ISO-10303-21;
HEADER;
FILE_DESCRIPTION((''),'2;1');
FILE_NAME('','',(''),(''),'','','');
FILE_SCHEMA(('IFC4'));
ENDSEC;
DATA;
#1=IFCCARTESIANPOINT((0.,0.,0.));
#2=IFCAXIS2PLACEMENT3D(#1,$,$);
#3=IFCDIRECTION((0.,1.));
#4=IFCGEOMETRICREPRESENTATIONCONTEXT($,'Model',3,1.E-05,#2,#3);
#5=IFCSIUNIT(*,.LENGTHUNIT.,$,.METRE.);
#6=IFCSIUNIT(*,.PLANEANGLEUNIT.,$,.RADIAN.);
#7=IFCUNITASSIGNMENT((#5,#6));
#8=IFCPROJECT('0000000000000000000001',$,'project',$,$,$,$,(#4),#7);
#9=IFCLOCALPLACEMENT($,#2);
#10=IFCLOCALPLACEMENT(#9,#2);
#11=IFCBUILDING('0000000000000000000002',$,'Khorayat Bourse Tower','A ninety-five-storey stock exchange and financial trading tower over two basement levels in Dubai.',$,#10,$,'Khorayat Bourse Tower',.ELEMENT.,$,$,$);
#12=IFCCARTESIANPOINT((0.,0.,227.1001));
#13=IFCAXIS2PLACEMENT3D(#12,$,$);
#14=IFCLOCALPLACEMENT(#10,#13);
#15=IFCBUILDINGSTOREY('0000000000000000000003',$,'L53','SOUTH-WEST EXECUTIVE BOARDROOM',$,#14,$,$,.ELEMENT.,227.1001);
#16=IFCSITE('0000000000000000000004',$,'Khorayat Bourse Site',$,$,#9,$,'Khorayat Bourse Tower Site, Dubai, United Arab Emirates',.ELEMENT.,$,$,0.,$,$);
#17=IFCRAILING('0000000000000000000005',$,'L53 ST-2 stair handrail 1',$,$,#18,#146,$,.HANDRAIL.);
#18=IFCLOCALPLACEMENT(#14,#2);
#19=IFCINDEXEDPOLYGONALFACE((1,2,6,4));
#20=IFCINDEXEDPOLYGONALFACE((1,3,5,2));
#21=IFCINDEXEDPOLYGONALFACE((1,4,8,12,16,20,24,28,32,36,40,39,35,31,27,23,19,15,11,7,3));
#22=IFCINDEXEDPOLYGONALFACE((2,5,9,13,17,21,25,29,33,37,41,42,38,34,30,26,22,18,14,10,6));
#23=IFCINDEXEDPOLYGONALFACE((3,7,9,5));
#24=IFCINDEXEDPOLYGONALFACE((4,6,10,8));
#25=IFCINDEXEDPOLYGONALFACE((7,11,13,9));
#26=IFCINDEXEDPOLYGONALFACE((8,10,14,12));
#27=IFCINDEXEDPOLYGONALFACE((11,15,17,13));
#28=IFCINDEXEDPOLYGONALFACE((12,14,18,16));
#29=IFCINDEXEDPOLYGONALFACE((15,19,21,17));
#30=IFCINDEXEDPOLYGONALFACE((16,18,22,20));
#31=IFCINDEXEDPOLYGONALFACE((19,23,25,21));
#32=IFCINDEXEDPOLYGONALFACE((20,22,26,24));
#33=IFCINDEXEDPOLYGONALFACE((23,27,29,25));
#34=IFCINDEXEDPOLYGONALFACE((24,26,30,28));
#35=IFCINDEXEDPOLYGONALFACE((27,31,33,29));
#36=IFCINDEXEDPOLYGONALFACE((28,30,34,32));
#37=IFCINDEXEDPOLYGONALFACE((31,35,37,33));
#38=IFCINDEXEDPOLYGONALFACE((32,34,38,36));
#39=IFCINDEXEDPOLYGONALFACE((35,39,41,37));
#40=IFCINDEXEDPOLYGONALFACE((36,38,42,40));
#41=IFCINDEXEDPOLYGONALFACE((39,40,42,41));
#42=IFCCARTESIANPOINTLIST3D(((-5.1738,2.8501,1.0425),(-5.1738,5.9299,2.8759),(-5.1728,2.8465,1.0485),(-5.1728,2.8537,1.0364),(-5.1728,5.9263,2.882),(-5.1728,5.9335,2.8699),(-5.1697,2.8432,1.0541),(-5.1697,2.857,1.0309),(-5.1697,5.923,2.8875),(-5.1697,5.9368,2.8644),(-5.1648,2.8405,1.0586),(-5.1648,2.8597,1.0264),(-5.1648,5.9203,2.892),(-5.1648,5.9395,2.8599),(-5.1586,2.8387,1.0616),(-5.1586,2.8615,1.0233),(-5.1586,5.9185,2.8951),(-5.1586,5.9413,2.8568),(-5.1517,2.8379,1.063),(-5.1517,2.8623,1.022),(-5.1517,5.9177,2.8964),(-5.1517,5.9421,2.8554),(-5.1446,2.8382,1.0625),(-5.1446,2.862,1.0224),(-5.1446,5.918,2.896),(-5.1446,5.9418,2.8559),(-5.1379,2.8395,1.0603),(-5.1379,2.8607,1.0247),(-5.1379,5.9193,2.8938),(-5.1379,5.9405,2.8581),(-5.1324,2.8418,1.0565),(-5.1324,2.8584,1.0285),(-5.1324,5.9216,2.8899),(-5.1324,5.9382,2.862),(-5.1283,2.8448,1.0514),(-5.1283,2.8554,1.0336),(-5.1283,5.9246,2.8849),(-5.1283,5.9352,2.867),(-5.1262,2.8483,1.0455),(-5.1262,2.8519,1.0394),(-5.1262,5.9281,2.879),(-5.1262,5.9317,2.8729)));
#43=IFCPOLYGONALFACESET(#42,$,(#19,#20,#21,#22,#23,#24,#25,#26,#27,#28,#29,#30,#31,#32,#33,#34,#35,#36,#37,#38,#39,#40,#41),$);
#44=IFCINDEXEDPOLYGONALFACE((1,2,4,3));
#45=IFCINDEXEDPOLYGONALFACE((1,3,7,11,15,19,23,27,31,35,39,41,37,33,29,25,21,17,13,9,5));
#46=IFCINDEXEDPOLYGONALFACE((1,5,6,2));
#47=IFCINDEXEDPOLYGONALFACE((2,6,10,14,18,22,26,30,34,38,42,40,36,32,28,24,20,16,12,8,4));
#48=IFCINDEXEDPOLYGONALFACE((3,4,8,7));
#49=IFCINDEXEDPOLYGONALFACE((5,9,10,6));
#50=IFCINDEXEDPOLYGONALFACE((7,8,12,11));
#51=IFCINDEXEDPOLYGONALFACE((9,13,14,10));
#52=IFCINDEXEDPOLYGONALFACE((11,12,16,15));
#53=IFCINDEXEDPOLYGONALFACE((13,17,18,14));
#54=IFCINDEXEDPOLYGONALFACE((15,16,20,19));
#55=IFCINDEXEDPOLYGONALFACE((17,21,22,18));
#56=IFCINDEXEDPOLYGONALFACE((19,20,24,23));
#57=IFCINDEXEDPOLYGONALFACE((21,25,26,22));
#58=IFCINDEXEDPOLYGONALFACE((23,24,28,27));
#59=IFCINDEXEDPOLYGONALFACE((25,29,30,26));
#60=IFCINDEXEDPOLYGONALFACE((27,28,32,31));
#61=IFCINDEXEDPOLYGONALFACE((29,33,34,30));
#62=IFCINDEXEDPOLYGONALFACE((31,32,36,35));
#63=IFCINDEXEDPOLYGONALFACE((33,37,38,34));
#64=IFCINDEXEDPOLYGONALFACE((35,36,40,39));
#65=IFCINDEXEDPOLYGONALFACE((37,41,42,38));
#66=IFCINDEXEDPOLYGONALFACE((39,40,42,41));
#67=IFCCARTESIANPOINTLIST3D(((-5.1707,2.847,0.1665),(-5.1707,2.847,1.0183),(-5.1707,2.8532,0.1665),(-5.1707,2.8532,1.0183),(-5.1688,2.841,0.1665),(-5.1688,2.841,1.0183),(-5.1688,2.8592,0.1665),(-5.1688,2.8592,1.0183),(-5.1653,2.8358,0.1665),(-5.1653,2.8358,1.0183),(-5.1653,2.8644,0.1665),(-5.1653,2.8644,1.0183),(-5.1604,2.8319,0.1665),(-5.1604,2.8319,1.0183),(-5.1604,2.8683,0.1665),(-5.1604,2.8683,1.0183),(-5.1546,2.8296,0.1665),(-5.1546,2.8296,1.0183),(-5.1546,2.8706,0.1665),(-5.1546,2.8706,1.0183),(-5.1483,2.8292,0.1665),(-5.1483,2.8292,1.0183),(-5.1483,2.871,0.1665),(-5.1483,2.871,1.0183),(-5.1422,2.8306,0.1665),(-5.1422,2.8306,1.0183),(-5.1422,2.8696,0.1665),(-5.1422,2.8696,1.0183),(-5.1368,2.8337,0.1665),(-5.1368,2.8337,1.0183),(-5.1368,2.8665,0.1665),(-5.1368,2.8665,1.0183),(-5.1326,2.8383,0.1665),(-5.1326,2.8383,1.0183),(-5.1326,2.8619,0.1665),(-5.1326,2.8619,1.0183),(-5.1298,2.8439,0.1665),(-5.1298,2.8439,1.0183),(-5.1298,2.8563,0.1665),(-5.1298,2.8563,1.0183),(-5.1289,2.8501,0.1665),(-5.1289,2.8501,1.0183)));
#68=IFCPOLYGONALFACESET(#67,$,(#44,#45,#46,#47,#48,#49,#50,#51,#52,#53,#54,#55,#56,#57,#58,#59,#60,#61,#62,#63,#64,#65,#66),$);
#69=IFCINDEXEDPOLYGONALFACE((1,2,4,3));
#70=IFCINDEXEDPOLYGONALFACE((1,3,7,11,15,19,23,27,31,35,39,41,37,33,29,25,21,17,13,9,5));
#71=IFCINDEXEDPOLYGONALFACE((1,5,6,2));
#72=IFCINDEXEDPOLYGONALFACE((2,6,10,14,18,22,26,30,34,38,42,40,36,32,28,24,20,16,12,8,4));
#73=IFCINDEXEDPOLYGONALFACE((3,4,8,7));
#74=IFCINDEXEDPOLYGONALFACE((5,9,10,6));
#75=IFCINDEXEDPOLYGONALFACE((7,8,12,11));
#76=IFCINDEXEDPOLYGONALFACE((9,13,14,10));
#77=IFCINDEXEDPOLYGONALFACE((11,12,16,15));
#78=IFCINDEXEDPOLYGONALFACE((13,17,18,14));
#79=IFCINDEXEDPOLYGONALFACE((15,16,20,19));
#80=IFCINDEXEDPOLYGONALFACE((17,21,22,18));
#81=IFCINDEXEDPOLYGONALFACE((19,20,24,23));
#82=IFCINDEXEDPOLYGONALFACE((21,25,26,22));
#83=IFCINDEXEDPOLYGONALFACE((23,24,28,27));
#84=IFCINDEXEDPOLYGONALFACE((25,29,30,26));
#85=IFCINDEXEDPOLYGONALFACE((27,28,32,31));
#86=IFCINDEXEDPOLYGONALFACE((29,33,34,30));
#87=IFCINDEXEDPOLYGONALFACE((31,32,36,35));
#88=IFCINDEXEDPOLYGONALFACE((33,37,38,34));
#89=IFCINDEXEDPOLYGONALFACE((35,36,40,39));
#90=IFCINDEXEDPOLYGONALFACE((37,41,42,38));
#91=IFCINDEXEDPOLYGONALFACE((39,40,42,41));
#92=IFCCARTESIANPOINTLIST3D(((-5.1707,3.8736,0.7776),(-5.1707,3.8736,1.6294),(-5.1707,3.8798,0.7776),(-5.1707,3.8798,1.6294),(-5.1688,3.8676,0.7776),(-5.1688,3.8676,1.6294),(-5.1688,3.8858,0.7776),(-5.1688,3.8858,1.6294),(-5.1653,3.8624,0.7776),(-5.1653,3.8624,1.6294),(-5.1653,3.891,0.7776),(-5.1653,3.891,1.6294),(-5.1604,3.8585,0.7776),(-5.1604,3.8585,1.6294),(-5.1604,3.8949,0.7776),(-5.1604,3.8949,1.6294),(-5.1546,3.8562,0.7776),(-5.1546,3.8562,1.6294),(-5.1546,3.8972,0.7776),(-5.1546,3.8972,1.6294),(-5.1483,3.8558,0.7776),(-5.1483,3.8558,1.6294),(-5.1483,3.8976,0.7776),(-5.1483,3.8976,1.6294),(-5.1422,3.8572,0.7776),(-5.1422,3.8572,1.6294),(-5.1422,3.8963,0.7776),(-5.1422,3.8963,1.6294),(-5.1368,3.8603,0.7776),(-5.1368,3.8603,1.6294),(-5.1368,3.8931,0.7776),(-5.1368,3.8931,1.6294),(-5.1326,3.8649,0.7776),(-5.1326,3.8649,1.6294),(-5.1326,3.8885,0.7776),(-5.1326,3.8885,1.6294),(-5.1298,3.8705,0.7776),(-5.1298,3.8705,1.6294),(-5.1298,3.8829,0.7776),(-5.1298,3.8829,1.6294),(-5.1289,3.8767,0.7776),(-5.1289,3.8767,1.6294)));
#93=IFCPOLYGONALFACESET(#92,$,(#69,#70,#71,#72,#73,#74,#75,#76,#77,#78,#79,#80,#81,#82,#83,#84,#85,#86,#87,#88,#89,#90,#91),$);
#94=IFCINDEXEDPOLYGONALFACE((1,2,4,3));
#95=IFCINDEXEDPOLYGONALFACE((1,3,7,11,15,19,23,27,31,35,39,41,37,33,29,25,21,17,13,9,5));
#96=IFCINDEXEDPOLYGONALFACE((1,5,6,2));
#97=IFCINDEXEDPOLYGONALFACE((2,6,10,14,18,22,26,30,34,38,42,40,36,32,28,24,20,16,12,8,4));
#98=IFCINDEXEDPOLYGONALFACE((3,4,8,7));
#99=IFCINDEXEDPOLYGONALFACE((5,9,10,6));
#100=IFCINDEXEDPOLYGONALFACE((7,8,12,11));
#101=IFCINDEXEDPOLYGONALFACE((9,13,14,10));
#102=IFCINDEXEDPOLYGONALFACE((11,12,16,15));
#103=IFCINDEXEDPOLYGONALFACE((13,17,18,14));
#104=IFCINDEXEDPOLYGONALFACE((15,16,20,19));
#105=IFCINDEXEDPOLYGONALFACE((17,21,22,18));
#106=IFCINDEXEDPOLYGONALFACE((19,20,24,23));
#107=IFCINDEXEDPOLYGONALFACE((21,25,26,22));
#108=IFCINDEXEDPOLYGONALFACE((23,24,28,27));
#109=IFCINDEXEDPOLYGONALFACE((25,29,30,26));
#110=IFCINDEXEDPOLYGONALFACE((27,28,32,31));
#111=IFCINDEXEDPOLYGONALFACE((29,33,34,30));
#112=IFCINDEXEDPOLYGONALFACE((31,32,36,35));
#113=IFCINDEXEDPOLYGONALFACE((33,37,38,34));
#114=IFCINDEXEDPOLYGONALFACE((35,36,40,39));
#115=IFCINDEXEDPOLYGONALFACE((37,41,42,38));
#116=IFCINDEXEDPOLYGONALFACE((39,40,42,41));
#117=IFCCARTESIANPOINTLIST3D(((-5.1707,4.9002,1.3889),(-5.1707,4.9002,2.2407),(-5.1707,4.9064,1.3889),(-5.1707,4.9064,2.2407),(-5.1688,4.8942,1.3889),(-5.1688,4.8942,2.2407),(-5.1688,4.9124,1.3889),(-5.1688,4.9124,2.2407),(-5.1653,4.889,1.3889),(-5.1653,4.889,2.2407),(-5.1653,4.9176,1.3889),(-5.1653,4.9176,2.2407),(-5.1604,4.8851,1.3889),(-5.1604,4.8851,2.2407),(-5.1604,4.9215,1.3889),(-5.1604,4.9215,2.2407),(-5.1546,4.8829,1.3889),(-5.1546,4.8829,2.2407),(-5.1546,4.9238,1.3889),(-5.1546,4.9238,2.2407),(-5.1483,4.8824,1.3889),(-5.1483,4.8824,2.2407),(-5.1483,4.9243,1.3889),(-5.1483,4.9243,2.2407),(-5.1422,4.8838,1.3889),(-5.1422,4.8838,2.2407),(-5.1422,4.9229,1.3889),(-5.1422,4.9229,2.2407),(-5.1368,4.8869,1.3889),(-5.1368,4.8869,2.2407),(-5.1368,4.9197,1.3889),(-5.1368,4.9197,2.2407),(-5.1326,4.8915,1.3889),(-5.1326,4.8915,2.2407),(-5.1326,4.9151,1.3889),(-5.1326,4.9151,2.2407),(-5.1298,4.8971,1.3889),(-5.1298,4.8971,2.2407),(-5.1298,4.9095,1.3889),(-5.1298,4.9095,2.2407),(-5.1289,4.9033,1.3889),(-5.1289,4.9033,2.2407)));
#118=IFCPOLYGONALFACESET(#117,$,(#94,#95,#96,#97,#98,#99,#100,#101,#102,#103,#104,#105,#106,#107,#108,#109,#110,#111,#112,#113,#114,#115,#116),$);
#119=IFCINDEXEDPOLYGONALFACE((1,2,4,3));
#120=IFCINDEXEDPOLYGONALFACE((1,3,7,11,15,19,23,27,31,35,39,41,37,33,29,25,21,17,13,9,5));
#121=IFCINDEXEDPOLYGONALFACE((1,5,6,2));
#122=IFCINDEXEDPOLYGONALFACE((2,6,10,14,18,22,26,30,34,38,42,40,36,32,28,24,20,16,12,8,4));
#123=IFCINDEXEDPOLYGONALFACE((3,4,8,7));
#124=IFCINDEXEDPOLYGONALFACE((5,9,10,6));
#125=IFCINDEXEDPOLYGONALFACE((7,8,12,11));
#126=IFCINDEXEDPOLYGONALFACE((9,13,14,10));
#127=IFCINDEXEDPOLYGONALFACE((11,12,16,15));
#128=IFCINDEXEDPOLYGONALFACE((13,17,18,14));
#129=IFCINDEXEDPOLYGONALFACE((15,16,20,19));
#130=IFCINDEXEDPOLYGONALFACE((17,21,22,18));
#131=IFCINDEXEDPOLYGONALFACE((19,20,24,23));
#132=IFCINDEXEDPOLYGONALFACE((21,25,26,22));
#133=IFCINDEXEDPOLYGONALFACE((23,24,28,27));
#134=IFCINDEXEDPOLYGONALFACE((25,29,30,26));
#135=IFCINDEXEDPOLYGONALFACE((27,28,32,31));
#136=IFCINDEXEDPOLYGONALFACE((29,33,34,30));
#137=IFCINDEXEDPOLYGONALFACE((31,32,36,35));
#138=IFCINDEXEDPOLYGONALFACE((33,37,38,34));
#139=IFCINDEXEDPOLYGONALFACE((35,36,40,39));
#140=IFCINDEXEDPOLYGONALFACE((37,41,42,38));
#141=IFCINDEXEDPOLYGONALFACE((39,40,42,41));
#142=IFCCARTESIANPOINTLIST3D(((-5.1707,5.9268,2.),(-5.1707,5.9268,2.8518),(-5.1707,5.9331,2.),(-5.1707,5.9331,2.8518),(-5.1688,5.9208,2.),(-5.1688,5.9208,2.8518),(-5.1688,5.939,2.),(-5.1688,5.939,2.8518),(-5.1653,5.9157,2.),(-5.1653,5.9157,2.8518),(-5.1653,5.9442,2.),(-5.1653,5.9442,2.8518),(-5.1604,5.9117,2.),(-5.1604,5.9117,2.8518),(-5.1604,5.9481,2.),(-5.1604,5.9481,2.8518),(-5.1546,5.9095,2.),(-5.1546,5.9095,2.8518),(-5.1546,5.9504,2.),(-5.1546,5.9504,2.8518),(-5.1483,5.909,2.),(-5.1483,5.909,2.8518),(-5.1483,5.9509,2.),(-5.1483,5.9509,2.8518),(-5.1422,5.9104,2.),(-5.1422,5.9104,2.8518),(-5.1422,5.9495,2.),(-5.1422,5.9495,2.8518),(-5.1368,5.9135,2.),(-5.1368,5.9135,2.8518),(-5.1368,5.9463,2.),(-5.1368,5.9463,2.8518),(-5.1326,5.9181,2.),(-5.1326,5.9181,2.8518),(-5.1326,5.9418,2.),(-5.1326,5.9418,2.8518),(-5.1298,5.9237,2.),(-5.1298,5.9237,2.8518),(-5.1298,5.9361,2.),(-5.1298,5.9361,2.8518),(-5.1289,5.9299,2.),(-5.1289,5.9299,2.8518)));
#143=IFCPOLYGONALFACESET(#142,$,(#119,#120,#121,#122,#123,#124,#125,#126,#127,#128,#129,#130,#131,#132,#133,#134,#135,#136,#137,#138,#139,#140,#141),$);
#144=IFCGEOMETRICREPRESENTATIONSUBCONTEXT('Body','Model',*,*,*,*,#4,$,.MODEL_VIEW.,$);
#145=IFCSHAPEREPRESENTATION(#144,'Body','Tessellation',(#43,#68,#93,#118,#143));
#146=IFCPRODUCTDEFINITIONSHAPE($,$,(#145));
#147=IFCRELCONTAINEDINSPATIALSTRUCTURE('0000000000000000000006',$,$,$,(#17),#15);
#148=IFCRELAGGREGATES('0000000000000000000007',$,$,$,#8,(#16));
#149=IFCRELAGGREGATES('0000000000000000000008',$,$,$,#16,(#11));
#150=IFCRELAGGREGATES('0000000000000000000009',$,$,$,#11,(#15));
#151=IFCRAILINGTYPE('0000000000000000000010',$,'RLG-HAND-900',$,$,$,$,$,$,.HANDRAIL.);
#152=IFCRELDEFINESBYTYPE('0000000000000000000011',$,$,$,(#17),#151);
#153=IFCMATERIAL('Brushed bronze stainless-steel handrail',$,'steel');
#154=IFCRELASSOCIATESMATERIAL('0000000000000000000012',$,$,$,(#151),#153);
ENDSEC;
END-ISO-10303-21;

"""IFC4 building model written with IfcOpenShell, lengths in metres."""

from ifc_helpers import new_model, si_unit, direction, frame, origin, origin_2d, place, context, subcontext, project, spatial, circle, extrude, source, transform, mapped, material, type_object, element, save


model = new_model("IFC4")

# Units and contexts
model_context = context("Model", 3, precision=1e-05, world=origin(), true_north=direction((0.0, 1.0)))
body_context = subcontext(model_context, "Body", "Model", "MODEL_VIEW")
ifc_project = project(units=[si_unit("LENGTHUNIT", "METRE"), si_unit("PLANEANGLEUNIT", "RADIAN")], contexts=[model_context])

# Site, building, storey
site_placement = place(None, origin())
site = spatial("IfcSite", under=ifc_project, at=site_placement, Name="Khorayat Bourse Site", LongName="Khorayat Bourse Tower Site, Dubai, United Arab Emirates", CompositionType="ELEMENT", RefElevation=0.0)
building_placement = place(site_placement, origin())
building = spatial("IfcBuilding", under=site, at=building_placement, Name="Khorayat Bourse Tower", Description="A ninety-five-storey stock exchange and financial trading tower over two basement levels in Dubai.", LongName="Khorayat Bourse Tower", CompositionType="ELEMENT")
storey_placement = place(building_placement, frame((0.0, 0.0, 227.1001)))
storey = spatial("IfcBuildingStorey", under=building, at=storey_placement, Name="L53", Description="SOUTH-WEST EXECUTIVE BOARDROOM", CompositionType="ELEMENT", Elevation=227.1001)

# Railing
ifc_material_1 = material(Name="Brushed bronze stainless-steel handrail", Category="steel")
railing_type_1 = type_object("IfcRailingType", Name="RLG-HAND-900", PredefinedType="HANDRAIL", material=ifc_material_1)
shared_shape_1 = source(origin(), body_context, "Body", "SweptSolid", [
    extrude(circle(Radius=0.0239, at=origin_2d()), frame((0.0, 0.0, 0.876), z_axis=(0.0, 0.859261, 0.511538), x_axis=(-1.0, 0.0, 0.0)), (0.0, 0.0, 1.0), 3.5842),
    extrude(circle(Radius=0.021, at=origin_2d()), origin(), (0.0, 0.0, 1.0), 0.8518),
    extrude(circle(Radius=0.021, at=origin_2d()), frame((0.0, 1.0266, 0.6111)), (0.0, 0.0, 1.0), 0.8518),
    extrude(circle(Radius=0.021, at=origin_2d()), frame((0.0, 2.0532, 1.2224)), (0.0, 0.0, 1.0), 0.8518),
    extrude(circle(Radius=0.021, at=origin_2d()), frame((0.0, 3.0798, 1.8335)), (0.0, 0.0, 1.0), 0.8518),
])
railing_1_placement = place(storey_placement, frame((-5.1499, 2.8501, 0.1665)))
element("IfcRailing", 1, at=railing_1_placement, inside=storey, type_object=railing_type_1, Name="L53 ST-2 stair handrail 1", PredefinedType="HANDRAIL", context=body_context, shape_type="MappedRepresentation", body=[
    mapped(shared_shape_1, transform((0.0, 0.0, 0.0), scale=1.0)),
])

save(model, "model.ifc")
